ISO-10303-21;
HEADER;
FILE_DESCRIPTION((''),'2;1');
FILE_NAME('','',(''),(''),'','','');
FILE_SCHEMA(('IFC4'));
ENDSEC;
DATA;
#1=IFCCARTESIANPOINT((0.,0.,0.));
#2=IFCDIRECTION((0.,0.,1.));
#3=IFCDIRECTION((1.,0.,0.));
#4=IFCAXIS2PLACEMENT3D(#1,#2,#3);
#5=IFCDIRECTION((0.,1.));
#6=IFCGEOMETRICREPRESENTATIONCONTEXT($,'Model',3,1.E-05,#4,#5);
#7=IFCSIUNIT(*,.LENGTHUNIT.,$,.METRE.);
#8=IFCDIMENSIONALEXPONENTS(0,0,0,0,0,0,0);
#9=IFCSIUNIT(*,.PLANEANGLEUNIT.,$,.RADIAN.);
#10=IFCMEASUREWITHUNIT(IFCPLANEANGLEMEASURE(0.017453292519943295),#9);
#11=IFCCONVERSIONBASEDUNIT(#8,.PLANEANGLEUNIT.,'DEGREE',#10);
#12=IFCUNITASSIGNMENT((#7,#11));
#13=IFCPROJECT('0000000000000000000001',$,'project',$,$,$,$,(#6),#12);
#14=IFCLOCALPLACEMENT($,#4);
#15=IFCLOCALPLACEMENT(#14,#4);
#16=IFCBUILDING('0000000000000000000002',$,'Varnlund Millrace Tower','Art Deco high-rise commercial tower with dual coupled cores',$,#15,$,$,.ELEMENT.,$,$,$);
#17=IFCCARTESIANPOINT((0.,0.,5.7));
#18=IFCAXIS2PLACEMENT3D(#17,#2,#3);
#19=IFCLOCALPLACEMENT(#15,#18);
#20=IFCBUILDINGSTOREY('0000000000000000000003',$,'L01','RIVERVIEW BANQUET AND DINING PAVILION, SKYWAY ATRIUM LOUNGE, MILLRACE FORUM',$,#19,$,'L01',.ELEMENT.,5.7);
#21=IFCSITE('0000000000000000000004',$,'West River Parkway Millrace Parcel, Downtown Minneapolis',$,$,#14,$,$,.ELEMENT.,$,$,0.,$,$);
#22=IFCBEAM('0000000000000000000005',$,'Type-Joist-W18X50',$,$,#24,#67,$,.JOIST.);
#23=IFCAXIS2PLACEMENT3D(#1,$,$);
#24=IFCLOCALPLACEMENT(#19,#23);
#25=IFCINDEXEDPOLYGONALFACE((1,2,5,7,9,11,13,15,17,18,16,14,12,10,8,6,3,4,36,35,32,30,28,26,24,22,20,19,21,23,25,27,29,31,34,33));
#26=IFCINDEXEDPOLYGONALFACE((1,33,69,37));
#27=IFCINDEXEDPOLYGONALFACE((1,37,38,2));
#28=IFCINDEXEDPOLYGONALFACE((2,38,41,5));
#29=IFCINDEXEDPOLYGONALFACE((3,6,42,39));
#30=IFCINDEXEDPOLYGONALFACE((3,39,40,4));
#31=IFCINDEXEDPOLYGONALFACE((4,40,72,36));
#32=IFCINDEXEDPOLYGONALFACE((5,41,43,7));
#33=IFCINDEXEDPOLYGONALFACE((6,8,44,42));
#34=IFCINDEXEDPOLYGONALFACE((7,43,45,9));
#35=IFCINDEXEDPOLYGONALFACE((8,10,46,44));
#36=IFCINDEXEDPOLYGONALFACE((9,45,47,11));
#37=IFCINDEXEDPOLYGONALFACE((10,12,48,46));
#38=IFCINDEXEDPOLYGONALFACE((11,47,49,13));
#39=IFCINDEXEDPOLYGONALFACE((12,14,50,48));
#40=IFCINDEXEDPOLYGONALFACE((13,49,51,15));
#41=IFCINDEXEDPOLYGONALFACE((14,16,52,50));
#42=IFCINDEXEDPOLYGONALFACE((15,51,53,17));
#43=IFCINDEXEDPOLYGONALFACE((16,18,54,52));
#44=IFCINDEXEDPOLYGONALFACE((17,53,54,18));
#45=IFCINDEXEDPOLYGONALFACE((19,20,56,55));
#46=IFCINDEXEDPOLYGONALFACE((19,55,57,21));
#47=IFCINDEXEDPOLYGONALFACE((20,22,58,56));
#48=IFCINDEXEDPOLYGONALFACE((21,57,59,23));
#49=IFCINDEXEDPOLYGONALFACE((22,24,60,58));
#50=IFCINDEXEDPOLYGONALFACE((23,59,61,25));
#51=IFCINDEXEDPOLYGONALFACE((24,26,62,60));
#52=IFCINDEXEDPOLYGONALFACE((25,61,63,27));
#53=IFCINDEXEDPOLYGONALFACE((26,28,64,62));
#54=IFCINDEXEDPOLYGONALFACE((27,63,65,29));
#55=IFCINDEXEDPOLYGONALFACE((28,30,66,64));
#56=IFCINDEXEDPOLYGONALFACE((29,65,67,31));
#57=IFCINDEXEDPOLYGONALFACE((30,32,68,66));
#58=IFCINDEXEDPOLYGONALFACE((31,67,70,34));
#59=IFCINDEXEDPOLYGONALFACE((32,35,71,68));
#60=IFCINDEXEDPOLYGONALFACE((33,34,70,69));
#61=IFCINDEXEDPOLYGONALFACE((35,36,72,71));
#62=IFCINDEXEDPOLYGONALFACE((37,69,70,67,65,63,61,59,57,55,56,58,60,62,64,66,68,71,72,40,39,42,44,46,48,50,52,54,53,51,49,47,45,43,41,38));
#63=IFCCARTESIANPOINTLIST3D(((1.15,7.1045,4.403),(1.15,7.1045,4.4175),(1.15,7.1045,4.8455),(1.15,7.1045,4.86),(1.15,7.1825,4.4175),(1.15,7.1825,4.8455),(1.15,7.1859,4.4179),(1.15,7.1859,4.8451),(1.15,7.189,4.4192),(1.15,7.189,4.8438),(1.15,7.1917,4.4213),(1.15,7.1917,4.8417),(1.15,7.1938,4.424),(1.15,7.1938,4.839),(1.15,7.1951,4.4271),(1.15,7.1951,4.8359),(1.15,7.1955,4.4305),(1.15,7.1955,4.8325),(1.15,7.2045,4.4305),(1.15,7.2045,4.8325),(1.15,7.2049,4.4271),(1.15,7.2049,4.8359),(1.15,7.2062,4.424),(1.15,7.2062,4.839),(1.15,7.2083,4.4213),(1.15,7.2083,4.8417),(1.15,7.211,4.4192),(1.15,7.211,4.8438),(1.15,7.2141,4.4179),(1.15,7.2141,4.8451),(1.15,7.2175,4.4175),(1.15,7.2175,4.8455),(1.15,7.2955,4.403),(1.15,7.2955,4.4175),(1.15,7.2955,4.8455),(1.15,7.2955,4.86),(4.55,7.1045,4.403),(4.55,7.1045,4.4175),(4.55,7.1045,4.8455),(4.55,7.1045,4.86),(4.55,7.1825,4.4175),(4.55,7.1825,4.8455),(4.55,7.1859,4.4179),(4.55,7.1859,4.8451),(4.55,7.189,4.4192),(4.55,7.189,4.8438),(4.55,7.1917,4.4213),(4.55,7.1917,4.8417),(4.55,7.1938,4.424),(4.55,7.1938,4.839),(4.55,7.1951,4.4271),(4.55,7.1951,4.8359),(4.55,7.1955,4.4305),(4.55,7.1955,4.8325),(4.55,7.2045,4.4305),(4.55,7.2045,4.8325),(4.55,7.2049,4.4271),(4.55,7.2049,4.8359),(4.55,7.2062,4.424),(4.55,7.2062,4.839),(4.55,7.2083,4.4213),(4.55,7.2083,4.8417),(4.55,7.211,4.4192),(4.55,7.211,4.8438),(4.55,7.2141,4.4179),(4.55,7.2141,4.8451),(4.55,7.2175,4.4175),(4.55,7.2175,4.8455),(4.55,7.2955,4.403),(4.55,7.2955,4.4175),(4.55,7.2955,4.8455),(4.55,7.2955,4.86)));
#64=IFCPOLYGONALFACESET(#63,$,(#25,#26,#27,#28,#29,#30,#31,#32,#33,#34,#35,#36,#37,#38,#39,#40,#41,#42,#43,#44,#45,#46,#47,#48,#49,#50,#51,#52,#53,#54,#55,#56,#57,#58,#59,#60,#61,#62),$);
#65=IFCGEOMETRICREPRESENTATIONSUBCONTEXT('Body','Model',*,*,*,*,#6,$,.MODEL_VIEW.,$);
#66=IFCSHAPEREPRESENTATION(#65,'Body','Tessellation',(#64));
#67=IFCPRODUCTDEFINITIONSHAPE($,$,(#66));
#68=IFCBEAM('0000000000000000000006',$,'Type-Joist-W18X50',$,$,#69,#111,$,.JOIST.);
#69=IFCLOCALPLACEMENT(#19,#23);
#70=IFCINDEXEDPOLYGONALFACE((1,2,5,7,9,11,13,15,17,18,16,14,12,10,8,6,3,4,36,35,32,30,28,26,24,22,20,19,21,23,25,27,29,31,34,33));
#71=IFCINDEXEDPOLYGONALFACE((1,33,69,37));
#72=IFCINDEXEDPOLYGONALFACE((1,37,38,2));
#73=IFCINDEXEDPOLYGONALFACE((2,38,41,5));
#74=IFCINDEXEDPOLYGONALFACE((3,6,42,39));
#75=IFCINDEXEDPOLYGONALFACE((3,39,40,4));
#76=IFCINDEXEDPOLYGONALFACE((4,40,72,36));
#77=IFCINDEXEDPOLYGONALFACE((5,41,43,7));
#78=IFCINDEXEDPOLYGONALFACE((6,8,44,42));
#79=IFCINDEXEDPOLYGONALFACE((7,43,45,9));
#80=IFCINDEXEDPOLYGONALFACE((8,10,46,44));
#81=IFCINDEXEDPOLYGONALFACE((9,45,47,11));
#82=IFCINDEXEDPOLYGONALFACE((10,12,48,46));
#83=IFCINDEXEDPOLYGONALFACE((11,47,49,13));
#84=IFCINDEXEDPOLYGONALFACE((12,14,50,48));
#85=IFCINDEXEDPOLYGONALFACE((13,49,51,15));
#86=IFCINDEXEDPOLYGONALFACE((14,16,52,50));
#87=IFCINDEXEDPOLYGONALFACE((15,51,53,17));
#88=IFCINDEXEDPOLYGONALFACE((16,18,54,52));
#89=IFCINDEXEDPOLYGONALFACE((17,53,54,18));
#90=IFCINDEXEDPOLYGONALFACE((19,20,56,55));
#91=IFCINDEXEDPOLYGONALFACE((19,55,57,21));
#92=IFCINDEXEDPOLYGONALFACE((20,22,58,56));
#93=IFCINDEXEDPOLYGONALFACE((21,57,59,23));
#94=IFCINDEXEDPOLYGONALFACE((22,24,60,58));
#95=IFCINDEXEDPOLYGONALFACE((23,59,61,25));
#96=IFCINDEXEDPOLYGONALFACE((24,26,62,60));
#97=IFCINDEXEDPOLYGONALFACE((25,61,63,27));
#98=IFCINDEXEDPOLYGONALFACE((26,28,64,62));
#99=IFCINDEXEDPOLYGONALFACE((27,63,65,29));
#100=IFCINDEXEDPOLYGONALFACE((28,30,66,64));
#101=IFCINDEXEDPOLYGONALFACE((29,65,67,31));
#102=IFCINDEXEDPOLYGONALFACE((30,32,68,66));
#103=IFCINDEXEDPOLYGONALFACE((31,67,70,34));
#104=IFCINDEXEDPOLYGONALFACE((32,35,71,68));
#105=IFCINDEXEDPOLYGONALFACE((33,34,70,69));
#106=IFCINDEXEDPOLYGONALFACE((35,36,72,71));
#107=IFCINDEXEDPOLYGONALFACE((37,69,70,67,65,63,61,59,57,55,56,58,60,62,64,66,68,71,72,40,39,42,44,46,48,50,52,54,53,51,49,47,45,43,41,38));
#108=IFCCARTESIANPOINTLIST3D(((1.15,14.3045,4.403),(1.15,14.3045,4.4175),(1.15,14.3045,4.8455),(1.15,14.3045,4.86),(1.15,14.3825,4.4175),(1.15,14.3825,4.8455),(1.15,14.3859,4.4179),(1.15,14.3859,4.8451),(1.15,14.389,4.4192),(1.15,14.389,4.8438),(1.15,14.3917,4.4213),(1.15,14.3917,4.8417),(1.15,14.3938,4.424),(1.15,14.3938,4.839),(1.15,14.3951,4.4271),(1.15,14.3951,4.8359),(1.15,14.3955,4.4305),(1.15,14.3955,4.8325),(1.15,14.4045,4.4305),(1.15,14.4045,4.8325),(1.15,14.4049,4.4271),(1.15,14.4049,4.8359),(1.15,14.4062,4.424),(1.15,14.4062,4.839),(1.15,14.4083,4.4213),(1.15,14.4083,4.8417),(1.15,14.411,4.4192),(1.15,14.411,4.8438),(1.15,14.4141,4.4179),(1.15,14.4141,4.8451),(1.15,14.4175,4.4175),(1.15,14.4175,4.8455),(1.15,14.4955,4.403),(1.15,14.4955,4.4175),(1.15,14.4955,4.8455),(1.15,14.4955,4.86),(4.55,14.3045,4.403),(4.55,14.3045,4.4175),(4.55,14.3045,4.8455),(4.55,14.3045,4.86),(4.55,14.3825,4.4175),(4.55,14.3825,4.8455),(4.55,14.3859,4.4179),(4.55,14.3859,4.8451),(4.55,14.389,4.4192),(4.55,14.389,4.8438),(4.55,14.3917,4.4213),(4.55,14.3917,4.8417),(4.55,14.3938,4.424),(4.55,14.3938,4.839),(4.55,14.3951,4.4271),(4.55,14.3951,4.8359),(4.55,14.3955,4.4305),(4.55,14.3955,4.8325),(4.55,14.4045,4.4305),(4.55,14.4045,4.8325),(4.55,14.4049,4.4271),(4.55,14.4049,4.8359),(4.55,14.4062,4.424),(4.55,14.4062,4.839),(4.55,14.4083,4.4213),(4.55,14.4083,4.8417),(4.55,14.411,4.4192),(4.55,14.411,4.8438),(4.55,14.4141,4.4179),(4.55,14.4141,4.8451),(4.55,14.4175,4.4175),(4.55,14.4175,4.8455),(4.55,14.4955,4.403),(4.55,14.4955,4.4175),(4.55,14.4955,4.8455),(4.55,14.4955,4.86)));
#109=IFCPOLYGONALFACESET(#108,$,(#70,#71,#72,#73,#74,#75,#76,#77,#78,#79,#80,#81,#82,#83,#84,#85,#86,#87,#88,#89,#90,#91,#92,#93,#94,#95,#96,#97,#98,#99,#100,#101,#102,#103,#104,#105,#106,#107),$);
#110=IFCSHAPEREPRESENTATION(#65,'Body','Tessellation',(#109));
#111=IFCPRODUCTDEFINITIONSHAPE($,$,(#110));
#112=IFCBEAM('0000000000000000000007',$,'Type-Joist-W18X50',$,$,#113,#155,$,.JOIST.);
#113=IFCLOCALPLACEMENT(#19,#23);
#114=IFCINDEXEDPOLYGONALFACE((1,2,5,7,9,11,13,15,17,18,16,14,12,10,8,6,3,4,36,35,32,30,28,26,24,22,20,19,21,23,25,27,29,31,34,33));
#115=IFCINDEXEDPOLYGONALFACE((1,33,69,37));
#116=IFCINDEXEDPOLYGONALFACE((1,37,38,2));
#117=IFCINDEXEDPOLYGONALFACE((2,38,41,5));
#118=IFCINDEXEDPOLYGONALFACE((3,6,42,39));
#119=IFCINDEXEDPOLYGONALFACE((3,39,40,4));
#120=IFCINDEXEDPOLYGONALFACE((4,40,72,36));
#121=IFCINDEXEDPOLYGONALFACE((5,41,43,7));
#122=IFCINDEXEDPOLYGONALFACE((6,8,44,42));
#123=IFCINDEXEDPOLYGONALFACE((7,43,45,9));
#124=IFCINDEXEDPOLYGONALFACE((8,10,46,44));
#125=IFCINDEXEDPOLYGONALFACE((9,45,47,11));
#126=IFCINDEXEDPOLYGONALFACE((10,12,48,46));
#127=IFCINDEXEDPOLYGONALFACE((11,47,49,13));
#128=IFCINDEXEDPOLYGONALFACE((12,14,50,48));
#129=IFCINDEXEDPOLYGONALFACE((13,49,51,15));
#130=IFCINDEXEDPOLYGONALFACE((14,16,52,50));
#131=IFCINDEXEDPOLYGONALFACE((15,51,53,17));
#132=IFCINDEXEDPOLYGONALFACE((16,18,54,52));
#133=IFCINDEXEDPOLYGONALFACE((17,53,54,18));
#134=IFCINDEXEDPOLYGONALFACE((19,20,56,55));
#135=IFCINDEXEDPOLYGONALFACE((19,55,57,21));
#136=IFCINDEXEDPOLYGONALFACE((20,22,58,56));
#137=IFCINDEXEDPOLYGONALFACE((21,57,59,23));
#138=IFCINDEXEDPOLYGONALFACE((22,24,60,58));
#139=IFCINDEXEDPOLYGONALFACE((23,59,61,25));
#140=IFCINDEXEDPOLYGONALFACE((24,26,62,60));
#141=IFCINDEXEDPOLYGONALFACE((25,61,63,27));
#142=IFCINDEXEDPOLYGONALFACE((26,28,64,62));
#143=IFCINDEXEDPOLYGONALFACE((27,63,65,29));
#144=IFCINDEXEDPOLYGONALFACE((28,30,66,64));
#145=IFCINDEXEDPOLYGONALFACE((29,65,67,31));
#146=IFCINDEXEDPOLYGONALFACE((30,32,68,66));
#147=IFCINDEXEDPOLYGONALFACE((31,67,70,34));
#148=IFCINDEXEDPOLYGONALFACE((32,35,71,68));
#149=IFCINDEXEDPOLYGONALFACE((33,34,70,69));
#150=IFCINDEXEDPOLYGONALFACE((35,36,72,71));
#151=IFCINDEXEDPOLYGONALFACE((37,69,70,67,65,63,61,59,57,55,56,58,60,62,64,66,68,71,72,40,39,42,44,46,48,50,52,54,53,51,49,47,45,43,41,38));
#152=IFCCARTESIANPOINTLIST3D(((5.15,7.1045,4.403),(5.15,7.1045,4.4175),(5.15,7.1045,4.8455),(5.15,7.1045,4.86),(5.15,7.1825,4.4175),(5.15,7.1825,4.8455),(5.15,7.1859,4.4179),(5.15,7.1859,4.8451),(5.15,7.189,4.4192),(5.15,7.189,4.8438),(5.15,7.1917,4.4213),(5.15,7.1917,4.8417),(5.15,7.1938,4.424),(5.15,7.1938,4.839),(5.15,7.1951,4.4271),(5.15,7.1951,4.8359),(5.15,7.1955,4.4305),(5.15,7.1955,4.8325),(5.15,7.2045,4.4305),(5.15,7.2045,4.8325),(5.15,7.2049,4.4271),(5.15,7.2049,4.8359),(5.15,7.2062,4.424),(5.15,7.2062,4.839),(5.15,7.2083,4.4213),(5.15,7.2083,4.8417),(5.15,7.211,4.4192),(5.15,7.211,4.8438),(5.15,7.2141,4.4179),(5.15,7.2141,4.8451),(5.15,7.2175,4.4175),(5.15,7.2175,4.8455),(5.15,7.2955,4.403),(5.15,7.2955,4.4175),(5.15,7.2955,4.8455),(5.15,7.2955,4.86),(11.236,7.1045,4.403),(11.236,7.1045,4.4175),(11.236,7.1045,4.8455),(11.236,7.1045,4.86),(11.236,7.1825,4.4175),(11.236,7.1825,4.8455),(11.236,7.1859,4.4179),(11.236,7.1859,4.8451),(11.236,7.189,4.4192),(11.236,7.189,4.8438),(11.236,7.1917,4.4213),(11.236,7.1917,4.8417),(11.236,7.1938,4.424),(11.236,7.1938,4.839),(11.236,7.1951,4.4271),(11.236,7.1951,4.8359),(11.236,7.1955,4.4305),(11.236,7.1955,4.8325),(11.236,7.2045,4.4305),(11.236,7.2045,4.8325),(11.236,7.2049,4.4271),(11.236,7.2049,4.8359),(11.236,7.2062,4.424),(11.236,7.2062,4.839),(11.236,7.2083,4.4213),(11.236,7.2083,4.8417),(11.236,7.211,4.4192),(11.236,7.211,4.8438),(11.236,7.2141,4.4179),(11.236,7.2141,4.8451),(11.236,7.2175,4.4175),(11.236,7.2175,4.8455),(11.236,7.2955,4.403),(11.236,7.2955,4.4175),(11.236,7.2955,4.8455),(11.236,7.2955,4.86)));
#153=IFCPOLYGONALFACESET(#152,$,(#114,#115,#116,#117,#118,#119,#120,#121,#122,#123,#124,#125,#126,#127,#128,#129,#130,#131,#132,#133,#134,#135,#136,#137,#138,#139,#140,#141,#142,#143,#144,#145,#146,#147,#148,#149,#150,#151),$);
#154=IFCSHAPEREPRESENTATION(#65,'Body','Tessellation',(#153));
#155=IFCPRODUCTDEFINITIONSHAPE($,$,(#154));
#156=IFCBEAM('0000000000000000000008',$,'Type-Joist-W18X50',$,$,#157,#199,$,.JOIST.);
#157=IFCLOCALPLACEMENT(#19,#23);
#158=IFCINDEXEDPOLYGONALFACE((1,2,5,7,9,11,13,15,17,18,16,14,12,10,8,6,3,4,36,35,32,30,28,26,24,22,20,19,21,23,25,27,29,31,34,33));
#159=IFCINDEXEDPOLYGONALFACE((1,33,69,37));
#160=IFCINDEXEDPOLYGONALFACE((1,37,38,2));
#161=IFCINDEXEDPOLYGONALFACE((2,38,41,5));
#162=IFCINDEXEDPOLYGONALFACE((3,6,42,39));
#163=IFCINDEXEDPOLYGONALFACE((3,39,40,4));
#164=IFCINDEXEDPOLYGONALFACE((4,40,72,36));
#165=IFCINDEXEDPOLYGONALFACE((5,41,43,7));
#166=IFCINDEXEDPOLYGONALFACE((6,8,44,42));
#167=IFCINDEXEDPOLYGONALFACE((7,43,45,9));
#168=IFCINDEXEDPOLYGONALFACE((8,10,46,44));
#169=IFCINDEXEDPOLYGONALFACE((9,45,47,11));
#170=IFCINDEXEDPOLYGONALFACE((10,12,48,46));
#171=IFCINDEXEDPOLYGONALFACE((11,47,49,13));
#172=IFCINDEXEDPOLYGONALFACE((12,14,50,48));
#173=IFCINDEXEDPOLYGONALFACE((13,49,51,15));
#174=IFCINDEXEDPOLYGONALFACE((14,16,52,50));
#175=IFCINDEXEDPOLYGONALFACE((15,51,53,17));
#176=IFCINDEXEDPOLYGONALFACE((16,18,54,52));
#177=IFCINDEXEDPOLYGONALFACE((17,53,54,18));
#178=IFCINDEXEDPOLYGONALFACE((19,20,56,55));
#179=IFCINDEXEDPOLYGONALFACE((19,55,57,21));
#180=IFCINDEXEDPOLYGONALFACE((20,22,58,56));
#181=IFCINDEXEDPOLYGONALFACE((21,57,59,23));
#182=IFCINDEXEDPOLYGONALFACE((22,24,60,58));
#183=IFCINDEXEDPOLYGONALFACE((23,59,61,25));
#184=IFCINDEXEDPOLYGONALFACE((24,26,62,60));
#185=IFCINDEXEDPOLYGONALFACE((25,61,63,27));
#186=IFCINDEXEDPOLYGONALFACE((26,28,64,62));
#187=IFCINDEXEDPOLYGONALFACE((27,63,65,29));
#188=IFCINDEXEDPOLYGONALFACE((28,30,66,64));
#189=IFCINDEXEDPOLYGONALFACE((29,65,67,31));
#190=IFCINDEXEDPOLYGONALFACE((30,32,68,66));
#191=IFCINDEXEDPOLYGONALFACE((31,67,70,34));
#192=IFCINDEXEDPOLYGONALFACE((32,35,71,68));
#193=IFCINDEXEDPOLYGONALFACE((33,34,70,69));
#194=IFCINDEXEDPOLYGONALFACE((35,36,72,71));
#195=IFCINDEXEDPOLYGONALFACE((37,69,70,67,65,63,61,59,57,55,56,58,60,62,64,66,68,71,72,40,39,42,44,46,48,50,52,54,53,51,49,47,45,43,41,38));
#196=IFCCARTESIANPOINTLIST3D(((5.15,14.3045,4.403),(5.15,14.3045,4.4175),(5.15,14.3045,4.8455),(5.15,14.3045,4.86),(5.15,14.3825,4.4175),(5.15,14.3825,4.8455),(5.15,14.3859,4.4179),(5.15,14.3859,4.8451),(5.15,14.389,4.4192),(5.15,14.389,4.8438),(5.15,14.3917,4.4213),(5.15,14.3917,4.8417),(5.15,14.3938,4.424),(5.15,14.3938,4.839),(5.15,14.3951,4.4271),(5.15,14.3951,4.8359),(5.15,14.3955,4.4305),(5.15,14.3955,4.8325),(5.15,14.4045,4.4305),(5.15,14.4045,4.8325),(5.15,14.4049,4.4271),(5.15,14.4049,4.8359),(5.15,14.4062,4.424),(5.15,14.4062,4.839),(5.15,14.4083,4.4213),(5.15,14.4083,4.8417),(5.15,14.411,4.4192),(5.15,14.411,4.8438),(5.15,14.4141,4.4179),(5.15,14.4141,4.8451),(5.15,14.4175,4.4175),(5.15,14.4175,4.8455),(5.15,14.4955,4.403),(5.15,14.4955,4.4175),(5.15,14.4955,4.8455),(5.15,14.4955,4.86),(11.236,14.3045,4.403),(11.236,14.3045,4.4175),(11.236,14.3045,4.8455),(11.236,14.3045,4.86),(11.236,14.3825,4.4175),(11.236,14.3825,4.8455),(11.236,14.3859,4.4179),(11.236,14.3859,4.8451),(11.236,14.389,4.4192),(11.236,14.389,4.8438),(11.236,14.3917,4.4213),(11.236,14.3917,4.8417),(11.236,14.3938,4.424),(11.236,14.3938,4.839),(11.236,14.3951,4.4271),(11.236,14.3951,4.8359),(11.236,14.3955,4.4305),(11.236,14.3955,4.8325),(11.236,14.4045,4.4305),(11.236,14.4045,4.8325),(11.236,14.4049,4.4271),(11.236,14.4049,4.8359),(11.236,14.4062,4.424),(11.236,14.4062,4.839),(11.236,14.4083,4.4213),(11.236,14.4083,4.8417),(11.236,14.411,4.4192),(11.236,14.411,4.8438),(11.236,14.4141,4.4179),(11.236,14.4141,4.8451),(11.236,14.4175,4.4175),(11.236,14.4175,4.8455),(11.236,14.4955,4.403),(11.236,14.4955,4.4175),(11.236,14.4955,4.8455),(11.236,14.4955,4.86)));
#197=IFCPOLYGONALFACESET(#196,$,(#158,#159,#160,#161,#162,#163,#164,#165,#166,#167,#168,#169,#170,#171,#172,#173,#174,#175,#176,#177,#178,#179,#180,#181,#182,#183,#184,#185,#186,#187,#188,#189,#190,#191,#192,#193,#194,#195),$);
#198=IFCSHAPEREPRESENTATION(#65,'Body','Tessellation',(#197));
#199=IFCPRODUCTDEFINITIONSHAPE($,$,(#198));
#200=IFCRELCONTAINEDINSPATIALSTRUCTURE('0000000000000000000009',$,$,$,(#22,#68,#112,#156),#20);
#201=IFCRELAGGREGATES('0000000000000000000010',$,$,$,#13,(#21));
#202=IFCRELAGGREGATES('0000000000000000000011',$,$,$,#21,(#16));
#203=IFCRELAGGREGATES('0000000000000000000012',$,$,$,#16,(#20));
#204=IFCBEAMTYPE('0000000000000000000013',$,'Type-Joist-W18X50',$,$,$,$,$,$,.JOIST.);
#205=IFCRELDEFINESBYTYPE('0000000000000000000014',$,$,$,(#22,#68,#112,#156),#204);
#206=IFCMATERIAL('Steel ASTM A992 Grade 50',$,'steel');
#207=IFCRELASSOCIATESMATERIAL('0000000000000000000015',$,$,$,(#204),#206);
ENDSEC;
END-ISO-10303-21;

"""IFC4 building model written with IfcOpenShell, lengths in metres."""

from ifc_helpers import new_model, entity, si_unit, converted_unit, direction, frame, origin_with_axes, origin_2d_with_axis, place, context, subcontext, project, spatial, i_section, extrude, material, material_profile, profile_set, type_object, element, save


model = new_model("IFC4")

# Units and contexts
model_context = context("Model", 3, precision=1e-05, world=origin_with_axes(), true_north=direction((0.0, 1.0)))
body_context = subcontext(model_context, "Body", "Model", "MODEL_VIEW")
ifc_project = project(units=[si_unit("LENGTHUNIT", "METRE"), converted_unit("PLANEANGLEUNIT", "DEGREE", entity("IfcPlaneAngleMeasure", 0.017453292519943295), si_unit("PLANEANGLEUNIT", "RADIAN"), dimensions=[0, 0, 0, 0, 0, 0, 0])], contexts=[model_context])

# Site, building, storey
site_placement = place(None, origin_with_axes())
site = spatial("IfcSite", under=ifc_project, at=site_placement, Name="West River Parkway Millrace Parcel, Downtown Minneapolis", CompositionType="ELEMENT", RefElevation=0.0)
building_placement = place(site_placement, origin_with_axes())
building = spatial("IfcBuilding", under=site, at=building_placement, Name="Varnlund Millrace Tower", Description="Art Deco high-rise commercial tower with dual coupled cores", CompositionType="ELEMENT")
storey_placement = place(building_placement, frame((0.0, 0.0, 5.7), z_axis=(0.0, 0.0, 1.0), x_axis=(1.0, 0.0, 0.0)))
storey = spatial("IfcBuildingStorey", under=building, at=storey_placement, Name="L01", Description="RIVERVIEW BANQUET AND DINING PAVILION, SKYWAY ATRIUM LOUNGE, MILLRACE FORUM", LongName="L01", CompositionType="ELEMENT", Elevation=5.7)

# Beams
ifc_material_1 = material(Name="Steel ASTM A992 Grade 50", Category="steel")
ifc_material_profile_1 = material_profile(ifc_material_1, i_section(OverallWidth=0.191, OverallDepth=0.457, WebThickness=0.009, FlangeThickness=0.0145, FilletRadius=0.013, at=origin_2d_with_axis()), Name="Steel ASTM A992 Grade 50")
ifc_profile_set_1 = profile_set([ifc_material_profile_1], Name="Steel ASTM A992 Grade 50")
beam_type_1 = type_object("IfcBeamType", Name="Type-Joist-W18X50", PredefinedType="JOIST", material=ifc_profile_set_1)
for number, where, z_axis, x_axis, name in (
    (1, (1.15, 7.2, 4.6315), (1.0, 0.0, 0.0), (0.0, 1.0, 0.0), "Type-Joist-W18X50"),
    (2, (1.15, 14.4, 4.6315), (1.0, 0.0, 0.0), (0.0, 1.0, 0.0), "Type-Joist-W18X50"),
):
    element("IfcBeam", number, at=place(storey_placement, frame(where, z_axis=z_axis, x_axis=x_axis)), inside=storey, type_object=beam_type_1, Name=name, PredefinedType="JOIST", context=body_context, shape_type="SweptSolid", body=[
        extrude(i_section(OverallWidth=0.191, OverallDepth=0.457, WebThickness=0.009, FlangeThickness=0.0145, FilletRadius=0.013, at=origin_2d_with_axis()), origin_with_axes(), (0.0, 0.0, 1.0), 3.4),
    ])
for number, where, z_axis, x_axis, name in (
    (3, (5.15, 7.2, 4.6315), (1.0, 0.0, 0.0), (0.0, 1.0, 0.0), "Type-Joist-W18X50"),
    (4, (5.15, 14.4, 4.6315), (1.0, 0.0, 0.0), (0.0, 1.0, 0.0), "Type-Joist-W18X50"),
):
    element("IfcBeam", number, at=place(storey_placement, frame(where, z_axis=z_axis, x_axis=x_axis)), inside=storey, type_object=beam_type_1, Name=name, PredefinedType="JOIST", context=body_context, shape_type="SweptSolid", body=[
        extrude(i_section(OverallWidth=0.191, OverallDepth=0.457, WebThickness=0.009, FlangeThickness=0.0145, FilletRadius=0.013, at=origin_2d_with_axis()), origin_with_axes(), (0.0, 0.0, 1.0), 6.086),
    ])

save(model, "model.ifc")
